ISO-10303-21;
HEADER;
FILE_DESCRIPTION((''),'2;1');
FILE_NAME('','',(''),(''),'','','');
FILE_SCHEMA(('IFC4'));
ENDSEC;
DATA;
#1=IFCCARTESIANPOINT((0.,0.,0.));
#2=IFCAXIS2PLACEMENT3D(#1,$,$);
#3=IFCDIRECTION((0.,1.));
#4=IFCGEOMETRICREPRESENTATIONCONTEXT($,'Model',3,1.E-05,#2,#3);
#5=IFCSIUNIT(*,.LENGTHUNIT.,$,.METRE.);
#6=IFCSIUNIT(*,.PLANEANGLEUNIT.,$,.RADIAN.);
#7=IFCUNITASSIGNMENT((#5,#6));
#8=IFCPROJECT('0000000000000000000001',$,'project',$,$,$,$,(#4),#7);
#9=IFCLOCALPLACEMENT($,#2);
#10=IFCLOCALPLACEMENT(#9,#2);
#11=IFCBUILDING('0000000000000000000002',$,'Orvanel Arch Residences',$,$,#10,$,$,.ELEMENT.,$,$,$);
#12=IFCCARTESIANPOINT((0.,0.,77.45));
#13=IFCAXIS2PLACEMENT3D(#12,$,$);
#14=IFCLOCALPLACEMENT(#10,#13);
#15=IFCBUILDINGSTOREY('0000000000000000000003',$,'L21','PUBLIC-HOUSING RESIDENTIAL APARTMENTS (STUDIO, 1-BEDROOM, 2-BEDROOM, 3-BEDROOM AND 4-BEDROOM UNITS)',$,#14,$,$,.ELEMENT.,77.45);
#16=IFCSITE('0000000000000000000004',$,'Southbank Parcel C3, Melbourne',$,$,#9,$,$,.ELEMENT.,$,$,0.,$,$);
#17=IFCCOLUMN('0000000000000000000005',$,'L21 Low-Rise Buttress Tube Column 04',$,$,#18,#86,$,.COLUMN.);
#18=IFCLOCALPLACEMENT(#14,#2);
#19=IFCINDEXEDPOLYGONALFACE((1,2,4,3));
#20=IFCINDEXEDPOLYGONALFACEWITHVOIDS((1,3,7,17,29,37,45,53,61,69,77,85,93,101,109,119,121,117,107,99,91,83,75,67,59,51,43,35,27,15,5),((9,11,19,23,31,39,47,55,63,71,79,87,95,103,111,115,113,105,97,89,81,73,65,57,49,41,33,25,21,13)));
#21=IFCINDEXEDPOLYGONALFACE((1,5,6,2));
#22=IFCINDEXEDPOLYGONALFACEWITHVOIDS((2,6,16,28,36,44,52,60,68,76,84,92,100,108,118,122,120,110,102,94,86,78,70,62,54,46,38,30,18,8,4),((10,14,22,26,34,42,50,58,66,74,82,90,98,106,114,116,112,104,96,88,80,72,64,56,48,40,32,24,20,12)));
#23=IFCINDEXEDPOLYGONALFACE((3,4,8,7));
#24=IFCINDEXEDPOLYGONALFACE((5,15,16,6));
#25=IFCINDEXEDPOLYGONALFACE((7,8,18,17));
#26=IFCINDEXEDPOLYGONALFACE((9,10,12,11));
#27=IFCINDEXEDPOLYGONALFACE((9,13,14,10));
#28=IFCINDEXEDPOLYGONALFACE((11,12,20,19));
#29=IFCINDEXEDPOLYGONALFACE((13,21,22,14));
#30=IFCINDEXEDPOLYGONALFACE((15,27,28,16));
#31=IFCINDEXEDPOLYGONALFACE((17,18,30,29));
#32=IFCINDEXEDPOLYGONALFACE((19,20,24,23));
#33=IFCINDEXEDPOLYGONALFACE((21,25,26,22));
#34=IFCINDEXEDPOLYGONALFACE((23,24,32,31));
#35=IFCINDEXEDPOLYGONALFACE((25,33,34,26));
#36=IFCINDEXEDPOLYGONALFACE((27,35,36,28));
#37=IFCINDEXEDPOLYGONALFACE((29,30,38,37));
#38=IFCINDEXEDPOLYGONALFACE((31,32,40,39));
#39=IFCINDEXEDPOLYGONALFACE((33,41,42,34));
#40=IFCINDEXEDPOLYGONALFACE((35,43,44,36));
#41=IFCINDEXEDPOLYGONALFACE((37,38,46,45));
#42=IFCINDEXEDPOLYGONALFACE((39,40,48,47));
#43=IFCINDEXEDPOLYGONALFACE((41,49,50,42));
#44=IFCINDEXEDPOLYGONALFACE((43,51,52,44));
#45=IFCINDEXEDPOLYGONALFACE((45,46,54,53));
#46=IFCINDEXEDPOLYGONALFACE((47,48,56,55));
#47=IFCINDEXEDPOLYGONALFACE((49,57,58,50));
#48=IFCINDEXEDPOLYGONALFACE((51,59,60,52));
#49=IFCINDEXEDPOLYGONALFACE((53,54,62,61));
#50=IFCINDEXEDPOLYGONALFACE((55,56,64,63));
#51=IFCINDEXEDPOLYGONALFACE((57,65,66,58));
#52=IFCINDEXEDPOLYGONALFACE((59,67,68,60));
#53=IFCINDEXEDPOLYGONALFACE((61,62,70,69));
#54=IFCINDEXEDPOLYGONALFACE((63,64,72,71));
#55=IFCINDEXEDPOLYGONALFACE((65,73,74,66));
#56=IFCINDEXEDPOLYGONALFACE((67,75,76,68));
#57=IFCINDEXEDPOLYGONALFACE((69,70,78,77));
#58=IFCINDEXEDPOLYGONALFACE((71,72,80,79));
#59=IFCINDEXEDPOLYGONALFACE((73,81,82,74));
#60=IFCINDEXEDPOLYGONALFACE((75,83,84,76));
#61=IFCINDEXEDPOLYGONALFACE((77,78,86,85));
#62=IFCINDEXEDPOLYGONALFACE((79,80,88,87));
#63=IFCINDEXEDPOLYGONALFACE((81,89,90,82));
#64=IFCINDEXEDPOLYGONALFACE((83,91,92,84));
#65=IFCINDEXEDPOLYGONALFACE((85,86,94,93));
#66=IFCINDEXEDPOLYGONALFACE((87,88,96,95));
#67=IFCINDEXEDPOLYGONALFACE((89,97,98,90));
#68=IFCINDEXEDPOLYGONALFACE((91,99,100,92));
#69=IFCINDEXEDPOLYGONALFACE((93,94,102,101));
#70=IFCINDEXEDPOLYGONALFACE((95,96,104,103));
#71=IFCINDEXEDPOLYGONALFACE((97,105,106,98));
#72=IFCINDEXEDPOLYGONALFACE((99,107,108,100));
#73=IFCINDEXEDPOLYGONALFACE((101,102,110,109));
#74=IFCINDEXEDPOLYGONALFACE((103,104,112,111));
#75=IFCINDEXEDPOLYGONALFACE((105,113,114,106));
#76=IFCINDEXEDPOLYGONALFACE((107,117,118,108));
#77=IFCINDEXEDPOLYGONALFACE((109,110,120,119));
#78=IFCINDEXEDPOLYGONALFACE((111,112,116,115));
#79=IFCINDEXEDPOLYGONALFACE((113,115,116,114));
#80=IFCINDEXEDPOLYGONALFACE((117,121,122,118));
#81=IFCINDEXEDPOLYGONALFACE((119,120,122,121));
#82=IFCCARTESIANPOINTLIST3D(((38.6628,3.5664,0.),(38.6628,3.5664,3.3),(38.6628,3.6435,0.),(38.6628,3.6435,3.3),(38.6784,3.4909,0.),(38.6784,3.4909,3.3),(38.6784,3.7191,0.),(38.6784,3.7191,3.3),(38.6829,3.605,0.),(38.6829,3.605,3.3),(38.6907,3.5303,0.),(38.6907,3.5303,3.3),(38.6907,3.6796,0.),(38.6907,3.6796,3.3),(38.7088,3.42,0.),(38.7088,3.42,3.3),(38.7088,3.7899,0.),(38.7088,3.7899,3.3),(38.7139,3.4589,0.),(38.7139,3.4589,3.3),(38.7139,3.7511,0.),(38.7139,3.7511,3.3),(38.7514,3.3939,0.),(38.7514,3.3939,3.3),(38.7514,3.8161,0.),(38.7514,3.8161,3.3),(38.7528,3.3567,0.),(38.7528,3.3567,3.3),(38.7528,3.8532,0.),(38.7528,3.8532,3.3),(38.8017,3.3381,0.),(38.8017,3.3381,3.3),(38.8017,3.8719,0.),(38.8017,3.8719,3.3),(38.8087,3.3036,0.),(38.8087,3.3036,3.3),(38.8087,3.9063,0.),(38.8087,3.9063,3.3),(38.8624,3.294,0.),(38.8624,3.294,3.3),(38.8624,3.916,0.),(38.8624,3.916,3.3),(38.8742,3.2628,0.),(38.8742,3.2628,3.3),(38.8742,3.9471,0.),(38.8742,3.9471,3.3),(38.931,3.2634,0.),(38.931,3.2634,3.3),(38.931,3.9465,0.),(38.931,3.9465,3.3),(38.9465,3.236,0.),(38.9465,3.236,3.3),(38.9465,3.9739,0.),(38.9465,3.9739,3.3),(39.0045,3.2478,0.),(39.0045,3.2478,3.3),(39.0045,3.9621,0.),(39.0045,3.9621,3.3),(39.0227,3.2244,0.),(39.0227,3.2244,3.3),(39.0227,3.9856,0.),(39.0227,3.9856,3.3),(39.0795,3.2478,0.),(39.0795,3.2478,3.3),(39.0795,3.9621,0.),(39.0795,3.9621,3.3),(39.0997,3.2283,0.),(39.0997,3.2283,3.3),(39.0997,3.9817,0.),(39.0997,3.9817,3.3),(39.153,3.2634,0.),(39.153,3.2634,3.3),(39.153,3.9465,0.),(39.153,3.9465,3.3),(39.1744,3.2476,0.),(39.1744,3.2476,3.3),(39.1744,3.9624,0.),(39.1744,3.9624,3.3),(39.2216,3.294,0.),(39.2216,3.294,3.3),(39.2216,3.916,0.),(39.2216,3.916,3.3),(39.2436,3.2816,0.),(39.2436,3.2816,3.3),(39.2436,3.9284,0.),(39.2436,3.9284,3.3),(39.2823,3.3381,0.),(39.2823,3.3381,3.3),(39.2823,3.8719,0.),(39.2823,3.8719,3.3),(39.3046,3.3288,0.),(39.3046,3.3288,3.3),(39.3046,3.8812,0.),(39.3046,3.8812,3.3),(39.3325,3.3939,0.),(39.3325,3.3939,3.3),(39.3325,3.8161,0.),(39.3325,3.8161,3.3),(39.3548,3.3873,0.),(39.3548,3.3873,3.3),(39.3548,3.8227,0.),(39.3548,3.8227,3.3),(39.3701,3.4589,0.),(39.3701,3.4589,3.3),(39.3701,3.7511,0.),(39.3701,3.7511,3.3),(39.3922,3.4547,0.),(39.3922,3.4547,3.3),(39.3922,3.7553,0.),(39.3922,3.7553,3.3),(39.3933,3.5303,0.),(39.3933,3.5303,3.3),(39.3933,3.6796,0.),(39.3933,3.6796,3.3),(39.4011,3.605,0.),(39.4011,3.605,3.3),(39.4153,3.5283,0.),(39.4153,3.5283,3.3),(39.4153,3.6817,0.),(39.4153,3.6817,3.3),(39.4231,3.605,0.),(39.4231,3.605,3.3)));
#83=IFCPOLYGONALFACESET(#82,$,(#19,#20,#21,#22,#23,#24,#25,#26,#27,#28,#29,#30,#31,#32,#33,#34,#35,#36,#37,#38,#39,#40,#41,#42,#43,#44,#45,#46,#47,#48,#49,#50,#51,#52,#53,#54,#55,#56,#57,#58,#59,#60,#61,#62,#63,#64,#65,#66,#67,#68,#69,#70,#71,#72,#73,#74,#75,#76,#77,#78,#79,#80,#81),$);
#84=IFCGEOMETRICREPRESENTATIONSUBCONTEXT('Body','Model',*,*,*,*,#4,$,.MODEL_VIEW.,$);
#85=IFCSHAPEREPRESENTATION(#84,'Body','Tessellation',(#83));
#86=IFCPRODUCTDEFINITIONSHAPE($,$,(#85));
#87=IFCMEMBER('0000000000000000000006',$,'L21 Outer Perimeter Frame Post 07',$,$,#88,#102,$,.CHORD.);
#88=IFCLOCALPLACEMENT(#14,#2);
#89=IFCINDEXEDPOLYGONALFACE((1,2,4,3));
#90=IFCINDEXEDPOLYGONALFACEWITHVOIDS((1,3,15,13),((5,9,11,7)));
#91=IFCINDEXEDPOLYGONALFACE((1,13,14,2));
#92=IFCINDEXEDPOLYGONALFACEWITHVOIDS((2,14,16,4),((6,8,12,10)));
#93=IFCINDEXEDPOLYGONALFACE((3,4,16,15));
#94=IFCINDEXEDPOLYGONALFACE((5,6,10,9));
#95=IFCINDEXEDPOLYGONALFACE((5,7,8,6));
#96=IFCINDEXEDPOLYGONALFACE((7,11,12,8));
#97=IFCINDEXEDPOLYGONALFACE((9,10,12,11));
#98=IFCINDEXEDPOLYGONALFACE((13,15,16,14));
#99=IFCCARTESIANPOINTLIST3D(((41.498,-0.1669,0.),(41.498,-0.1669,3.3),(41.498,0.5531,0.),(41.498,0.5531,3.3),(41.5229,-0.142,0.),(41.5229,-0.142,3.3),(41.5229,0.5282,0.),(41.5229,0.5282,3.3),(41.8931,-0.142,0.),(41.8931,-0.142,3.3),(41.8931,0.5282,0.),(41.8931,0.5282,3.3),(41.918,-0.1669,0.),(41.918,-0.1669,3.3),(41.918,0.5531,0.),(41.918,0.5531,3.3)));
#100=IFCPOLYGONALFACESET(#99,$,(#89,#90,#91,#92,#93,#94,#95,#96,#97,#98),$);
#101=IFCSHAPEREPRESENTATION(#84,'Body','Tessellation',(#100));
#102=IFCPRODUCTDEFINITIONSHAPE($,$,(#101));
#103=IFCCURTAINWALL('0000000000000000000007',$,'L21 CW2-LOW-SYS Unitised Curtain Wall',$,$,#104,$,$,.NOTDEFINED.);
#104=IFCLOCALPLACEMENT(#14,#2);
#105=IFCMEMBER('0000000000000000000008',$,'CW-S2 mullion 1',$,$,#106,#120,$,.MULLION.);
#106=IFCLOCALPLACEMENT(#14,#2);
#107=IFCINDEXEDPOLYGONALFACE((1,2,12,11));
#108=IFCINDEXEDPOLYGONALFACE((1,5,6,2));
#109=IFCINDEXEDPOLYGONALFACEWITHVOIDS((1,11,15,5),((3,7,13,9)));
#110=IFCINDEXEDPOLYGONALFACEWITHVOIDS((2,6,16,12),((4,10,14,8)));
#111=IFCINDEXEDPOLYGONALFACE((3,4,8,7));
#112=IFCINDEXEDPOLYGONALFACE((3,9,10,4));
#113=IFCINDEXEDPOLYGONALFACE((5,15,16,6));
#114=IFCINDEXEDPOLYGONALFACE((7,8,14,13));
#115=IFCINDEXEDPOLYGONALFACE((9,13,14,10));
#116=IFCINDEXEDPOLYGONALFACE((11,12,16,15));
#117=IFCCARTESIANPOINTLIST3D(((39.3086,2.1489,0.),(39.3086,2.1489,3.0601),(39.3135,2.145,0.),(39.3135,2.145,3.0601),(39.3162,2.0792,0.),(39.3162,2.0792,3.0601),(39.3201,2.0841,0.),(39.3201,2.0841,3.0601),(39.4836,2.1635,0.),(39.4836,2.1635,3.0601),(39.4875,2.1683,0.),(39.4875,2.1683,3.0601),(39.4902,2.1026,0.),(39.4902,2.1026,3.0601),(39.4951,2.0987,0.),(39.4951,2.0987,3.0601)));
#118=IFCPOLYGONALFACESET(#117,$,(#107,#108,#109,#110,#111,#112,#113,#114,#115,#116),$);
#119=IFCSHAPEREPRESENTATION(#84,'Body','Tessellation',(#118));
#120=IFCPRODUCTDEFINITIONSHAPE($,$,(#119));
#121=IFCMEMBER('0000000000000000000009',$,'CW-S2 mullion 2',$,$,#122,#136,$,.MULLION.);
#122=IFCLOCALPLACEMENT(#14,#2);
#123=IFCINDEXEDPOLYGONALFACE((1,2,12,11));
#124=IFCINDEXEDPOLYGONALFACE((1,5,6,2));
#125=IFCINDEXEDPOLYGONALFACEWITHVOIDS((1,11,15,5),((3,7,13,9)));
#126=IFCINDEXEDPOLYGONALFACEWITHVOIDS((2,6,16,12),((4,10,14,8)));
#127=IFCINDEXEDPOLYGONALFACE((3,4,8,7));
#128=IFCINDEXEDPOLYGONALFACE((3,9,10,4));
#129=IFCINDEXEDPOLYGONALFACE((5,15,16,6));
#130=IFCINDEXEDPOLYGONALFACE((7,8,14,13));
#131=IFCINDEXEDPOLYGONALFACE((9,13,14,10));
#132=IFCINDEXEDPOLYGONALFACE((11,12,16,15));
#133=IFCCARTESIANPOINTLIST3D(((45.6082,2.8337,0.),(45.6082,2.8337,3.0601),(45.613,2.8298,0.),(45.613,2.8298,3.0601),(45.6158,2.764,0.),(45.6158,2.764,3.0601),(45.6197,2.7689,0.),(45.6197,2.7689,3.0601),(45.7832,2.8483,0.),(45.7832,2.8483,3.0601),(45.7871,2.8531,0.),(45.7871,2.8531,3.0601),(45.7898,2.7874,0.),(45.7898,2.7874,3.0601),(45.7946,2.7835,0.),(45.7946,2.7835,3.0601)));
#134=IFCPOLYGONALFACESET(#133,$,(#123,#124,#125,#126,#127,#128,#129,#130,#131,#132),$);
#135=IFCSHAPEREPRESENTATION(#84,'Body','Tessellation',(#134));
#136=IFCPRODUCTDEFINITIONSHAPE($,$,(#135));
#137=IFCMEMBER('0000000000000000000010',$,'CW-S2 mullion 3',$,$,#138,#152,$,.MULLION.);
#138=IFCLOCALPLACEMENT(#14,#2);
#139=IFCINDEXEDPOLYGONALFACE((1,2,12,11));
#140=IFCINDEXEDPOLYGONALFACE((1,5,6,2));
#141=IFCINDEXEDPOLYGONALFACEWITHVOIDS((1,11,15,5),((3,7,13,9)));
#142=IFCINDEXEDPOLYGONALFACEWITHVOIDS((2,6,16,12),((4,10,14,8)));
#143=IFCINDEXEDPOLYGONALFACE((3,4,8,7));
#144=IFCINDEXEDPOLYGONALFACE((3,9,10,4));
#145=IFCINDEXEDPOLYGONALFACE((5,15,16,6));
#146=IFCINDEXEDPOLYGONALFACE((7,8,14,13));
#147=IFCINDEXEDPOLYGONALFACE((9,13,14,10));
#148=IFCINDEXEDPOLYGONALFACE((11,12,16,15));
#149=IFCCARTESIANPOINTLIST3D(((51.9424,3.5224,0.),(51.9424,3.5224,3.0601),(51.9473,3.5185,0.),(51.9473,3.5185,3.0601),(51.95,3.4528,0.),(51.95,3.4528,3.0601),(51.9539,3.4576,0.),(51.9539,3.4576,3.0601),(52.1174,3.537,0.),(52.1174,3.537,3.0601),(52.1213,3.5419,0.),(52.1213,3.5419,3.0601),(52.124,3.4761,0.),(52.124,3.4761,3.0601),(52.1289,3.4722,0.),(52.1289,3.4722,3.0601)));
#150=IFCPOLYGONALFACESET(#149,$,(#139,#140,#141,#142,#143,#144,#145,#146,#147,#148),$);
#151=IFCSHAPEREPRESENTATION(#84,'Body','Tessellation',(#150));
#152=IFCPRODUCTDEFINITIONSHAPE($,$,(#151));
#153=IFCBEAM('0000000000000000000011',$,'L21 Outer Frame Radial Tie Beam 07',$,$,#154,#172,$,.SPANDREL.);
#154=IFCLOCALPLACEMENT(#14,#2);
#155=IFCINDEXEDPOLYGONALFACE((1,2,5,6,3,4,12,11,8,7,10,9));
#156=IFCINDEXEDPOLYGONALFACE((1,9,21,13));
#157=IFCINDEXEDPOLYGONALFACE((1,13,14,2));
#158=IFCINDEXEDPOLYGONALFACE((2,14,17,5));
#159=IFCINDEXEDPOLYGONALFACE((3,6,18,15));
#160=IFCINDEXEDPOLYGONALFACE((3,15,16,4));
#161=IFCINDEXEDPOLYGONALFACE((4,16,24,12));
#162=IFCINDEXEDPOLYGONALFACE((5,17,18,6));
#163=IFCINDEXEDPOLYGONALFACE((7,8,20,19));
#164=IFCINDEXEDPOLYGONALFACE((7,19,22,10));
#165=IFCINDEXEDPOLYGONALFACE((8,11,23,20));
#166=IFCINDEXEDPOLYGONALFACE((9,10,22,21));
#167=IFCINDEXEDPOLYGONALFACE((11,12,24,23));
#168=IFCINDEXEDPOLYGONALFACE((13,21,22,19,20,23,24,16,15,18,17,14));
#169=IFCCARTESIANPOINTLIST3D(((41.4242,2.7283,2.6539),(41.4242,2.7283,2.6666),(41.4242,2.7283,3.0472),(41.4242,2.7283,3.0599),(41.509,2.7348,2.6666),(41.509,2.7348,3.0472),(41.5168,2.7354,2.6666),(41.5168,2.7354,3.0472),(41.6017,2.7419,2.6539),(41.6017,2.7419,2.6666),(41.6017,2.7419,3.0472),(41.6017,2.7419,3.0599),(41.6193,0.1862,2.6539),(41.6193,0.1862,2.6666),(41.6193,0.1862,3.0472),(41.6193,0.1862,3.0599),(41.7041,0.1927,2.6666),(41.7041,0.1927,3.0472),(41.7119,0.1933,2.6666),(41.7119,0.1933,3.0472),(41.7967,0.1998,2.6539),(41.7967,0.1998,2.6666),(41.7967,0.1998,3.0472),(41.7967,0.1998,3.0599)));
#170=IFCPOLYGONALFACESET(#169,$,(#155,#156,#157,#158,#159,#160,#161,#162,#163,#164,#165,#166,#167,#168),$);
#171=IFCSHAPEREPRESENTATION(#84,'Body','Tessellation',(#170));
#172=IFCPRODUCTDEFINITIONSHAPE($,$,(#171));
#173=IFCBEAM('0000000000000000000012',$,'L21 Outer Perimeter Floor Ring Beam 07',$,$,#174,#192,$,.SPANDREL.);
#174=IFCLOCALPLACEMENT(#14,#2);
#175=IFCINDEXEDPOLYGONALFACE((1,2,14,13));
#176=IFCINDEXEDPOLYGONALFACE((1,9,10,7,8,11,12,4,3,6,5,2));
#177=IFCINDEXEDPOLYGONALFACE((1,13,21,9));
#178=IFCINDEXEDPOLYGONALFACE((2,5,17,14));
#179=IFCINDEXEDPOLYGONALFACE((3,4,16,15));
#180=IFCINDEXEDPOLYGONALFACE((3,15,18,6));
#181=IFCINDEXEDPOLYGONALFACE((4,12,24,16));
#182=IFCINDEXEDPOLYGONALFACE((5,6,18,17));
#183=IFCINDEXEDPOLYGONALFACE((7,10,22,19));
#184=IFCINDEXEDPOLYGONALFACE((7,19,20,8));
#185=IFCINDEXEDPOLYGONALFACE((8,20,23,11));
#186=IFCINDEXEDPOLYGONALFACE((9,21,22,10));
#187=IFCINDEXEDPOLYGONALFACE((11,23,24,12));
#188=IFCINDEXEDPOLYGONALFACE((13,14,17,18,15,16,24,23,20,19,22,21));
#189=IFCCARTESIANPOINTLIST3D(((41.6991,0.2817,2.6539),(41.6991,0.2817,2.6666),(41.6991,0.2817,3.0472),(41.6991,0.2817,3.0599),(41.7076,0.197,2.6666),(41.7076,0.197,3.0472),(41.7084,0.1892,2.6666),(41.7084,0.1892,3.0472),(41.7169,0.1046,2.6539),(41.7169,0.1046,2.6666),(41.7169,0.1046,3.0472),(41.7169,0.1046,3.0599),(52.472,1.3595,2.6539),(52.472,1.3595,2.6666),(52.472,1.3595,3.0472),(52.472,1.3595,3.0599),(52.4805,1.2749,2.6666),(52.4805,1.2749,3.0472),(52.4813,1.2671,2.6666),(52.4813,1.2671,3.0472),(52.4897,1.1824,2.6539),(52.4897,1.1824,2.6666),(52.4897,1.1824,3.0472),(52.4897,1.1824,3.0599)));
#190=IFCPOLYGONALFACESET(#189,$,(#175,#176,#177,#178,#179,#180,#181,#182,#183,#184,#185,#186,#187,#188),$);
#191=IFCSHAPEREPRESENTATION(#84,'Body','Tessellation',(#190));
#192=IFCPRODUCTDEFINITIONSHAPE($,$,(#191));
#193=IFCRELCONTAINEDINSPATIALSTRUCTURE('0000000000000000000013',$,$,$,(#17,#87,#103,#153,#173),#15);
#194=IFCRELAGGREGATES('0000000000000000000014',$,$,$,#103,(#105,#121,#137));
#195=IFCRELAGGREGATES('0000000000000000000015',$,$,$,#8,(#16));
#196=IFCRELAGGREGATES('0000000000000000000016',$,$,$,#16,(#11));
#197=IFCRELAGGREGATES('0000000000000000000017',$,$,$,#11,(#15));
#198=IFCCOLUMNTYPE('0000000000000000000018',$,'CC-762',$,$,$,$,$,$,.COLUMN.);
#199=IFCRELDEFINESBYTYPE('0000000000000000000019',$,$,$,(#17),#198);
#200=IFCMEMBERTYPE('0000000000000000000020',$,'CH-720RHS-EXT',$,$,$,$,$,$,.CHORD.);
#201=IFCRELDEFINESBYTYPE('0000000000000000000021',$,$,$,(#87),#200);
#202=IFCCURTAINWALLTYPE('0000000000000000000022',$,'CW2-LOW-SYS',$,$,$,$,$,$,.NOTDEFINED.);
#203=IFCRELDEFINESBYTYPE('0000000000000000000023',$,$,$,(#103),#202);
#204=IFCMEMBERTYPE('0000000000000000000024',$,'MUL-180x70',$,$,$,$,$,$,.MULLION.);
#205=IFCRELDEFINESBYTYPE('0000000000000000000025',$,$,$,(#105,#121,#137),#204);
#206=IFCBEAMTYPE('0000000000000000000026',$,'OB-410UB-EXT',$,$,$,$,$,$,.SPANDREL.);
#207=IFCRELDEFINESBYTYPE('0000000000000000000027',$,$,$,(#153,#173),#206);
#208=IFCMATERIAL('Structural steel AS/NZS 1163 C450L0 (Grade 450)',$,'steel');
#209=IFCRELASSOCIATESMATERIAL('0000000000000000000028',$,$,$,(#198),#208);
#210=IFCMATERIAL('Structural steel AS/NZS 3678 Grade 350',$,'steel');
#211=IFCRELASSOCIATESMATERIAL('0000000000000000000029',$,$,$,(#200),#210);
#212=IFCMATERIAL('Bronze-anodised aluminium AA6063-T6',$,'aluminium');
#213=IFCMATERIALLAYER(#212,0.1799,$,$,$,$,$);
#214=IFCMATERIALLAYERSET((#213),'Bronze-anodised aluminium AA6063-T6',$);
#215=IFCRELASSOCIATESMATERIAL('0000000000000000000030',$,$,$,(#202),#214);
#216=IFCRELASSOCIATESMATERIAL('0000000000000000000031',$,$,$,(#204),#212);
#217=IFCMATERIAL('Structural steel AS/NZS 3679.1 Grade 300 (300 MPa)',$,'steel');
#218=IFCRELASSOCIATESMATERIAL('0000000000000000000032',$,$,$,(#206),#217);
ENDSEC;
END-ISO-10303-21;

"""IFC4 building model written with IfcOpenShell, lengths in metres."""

from ifc_helpers import new_model, si_unit, direction, frame, origin, origin_2d, place, context, subcontext, project, spatial, hollow_rectangle, hollow_circle, i_section, extrude, material, layer, layer_set, material_profile, profile_set, type_object, element, aggregate, save


model = new_model("IFC4")

# Units and contexts
model_context = context("Model", 3, precision=1e-05, world=origin(), true_north=direction((0.0, 1.0)))
body_context = subcontext(model_context, "Body", "Model", "MODEL_VIEW")
ifc_project = project(units=[si_unit("LENGTHUNIT", "METRE"), si_unit("PLANEANGLEUNIT", "RADIAN")], contexts=[model_context])

# Site, building, storey
site_placement = place(None, origin())
site = spatial("IfcSite", under=ifc_project, at=site_placement, Name="Southbank Parcel C3, Melbourne", CompositionType="ELEMENT", RefElevation=0.0)
building_placement = place(site_placement, origin())
building = spatial("IfcBuilding", under=site, at=building_placement, Name="Orvanel Arch Residences", CompositionType="ELEMENT")
storey_placement = place(building_placement, frame((0.0, 0.0, 77.45)))
storey = spatial("IfcBuildingStorey", under=building, at=storey_placement, Name="L21", Description="PUBLIC-HOUSING RESIDENTIAL APARTMENTS (STUDIO, 1-BEDROOM, 2-BEDROOM, 3-BEDROOM AND 4-BEDROOM UNITS)", CompositionType="ELEMENT", Elevation=77.45)

# Column
ifc_material_1 = material(Name="Structural steel AS/NZS 1163 C450L0 (Grade 450)", Category="steel")
ifc_material_profile_1 = material_profile(ifc_material_1, hollow_circle(Radius=0.3811, WallThickness=0.022, at=origin_2d()), Name="CHS762x22")
ifc_profile_set_1 = profile_set([ifc_material_profile_1], Name="Structural steel AS/NZS 1163 C450L0 (Grade 450)")
column_type = type_object("IfcColumnType", Name="CC-762", PredefinedType="COLUMN", material=ifc_profile_set_1)
column_placement = place(storey_placement, frame((39.042, 3.605, 0.0), z_axis=(0.0, 0.0, 1.0), x_axis=(1.0, 0.0, 0.0)))
element("IfcColumn", 1, at=column_placement, inside=storey, type_object=column_type, Name="L21 Low-Rise Buttress Tube Column 04", PredefinedType="COLUMN", context=body_context, shape_type="SweptSolid", body=[
    extrude(hollow_circle(Radius=0.3811, WallThickness=0.022, at=origin_2d()), origin(), (0.0, 0.0, 1.0), 3.3),
])

# Member
ifc_material_2 = material(Name="Structural steel AS/NZS 3678 Grade 350", Category="steel")
ifc_material_profile_2 = material_profile(ifc_material_2, hollow_rectangle(XDim=0.4199, YDim=0.72, WallThickness=0.0249, at=origin_2d()), Name="RHS720x420x25")
ifc_profile_set_2 = profile_set([ifc_material_profile_2], Name="Structural steel AS/NZS 3678 Grade 350")
member_type_1 = type_object("IfcMemberType", Name="CH-720RHS-EXT", PredefinedType="CHORD", material=ifc_profile_set_2)
member_1_placement = place(storey_placement, frame((41.708, 0.1931, 0.0), z_axis=(0.0, 0.0, 1.0), x_axis=(1.0, 0.0, 0.0)))
element("IfcMember", 2, at=member_1_placement, inside=storey, type_object=member_type_1, Name="L21 Outer Perimeter Frame Post 07", PredefinedType="CHORD", context=body_context, shape_type="SweptSolid", body=[
    extrude(hollow_rectangle(XDim=0.4199, YDim=0.72, WallThickness=0.0249, at=origin_2d()), origin(), (0.0, 0.0, 1.0), 3.3),
])

# Curtain wall, members
ifc_material_3 = material(Name="Bronze-anodised aluminium AA6063-T6", Category="aluminium")
ifc_layer_1 = layer(ifc_material_3, 0.1799)
ifc_layer_set_1 = layer_set([ifc_layer_1], Name="Bronze-anodised aluminium AA6063-T6")
curtain_wall_type = type_object("IfcCurtainWallType", Name="CW2-LOW-SYS", PredefinedType="NOTDEFINED", material=ifc_layer_set_1)
curtain_wall_placement = place(storey_placement, origin())
curtain_wall = element("IfcCurtainWall", 3, at=curtain_wall_placement, inside=storey, type_object=curtain_wall_type, Name="L21 CW2-LOW-SYS Unitised Curtain Wall", PredefinedType="NOTDEFINED")
ifc_material_profile_3 = material_profile(ifc_material_3, hollow_rectangle(XDim=0.0701, YDim=0.1799, WallThickness=0.0044, at=origin_2d()), Name="ALU180x70x4.5")
ifc_profile_set_3 = profile_set([ifc_material_profile_3], Name="Bronze-anodised aluminium AA6063-T6")
member_type_2 = type_object("IfcMemberType", Name="MUL-180x70", PredefinedType="MULLION", material=ifc_profile_set_3)
member_2_placement = place(storey_placement, frame((39.4019, 2.1238, 0.0), z_axis=(0.0, 0.0, 1.0), x_axis=(-0.108083, 0.994142, 0.0)))
member_2 = element("IfcMember", 4, at=member_2_placement, type_object=member_type_2, Name="CW-S2 mullion 1", PredefinedType="MULLION", context=body_context, shape_type="SweptSolid", body=[
    extrude(hollow_rectangle(XDim=0.0701, YDim=0.1799, WallThickness=0.0044, at=origin_2d()), origin(), (0.0, 0.0, 1.0), 3.0601),
])
member_3_placement = place(storey_placement, frame((45.7014, 2.8086, 0.0), z_axis=(0.0, 0.0, 1.0), x_axis=(-0.108083, 0.994142, 0.0)))
member_3 = element("IfcMember", 5, at=member_3_placement, type_object=member_type_2, Name="CW-S2 mullion 2", PredefinedType="MULLION", context=body_context, shape_type="SweptSolid", body=[
    extrude(hollow_rectangle(XDim=0.0701, YDim=0.1799, WallThickness=0.0044, at=origin_2d()), origin(), (0.0, 0.0, 1.0), 3.0601),
])
member_4_placement = place(storey_placement, frame((52.0356, 3.4973, 0.0), z_axis=(0.0, 0.0, 1.0), x_axis=(-0.108083, 0.994142, 0.0)))
member_4 = element("IfcMember", 6, at=member_4_placement, type_object=member_type_2, Name="CW-S2 mullion 3", PredefinedType="MULLION", context=body_context, shape_type="SweptSolid", body=[
    extrude(hollow_rectangle(XDim=0.0701, YDim=0.1799, WallThickness=0.0044, at=origin_2d()), origin(), (0.0, 0.0, 1.0), 3.0601),
])

# Beams
ifc_material_4 = material(Name="Structural steel AS/NZS 3679.1 Grade 300 (300 MPa)", Category="steel")
ifc_material_profile_4 = material_profile(ifc_material_4, i_section(OverallWidth=0.178, OverallDepth=0.406, WebThickness=0.0078, FlangeThickness=0.0127, at=origin_2d()), Name="410UB59.7")
ifc_profile_set_4 = profile_set([ifc_material_profile_4], Name="Structural steel AS/NZS 3679.1 Grade 300 (300 MPa)")
beam_type_1 = type_object("IfcBeamType", Name="OB-410UB-EXT", PredefinedType="SPANDREL", material=ifc_profile_set_4)
beam_1_placement = place(storey_placement, frame((41.5129, 2.7351, 2.8569), z_axis=(0.076513, -0.997069, 0.0), x_axis=(0.997069, 0.076513, 0.0)))
element("IfcBeam", 7, at=beam_1_placement, inside=storey, type_object=beam_type_1, Name="L21 Outer Frame Radial Tie Beam 07", PredefinedType="SPANDREL", context=body_context, shape_type="SweptSolid", body=[
    extrude(i_section(OverallWidth=0.178, OverallDepth=0.406, WebThickness=0.0078, FlangeThickness=0.0127, at=origin_2d()), origin(), (0.0, 0.0, 1.0), 2.5496),
])
beam_2_placement = place(storey_placement, frame((41.708, 0.1931, 2.8569), z_axis=(0.995032, 0.099557, 0.0), x_axis=(-0.099557, 0.995032, 0.0)))
element("IfcBeam", 8, at=beam_2_placement, inside=storey, type_object=beam_type_1, Name="L21 Outer Perimeter Floor Ring Beam 07", PredefinedType="SPANDREL", context=body_context, shape_type="SweptSolid", body=[
    extrude(i_section(OverallWidth=0.178, OverallDepth=0.406, WebThickness=0.0078, FlangeThickness=0.0127, at=origin_2d()), origin(), (0.0, 0.0, 1.0), 10.8267),
])

aggregate(curtain_wall, [member_2, member_3, member_4])

save(model, "model.ifc")
